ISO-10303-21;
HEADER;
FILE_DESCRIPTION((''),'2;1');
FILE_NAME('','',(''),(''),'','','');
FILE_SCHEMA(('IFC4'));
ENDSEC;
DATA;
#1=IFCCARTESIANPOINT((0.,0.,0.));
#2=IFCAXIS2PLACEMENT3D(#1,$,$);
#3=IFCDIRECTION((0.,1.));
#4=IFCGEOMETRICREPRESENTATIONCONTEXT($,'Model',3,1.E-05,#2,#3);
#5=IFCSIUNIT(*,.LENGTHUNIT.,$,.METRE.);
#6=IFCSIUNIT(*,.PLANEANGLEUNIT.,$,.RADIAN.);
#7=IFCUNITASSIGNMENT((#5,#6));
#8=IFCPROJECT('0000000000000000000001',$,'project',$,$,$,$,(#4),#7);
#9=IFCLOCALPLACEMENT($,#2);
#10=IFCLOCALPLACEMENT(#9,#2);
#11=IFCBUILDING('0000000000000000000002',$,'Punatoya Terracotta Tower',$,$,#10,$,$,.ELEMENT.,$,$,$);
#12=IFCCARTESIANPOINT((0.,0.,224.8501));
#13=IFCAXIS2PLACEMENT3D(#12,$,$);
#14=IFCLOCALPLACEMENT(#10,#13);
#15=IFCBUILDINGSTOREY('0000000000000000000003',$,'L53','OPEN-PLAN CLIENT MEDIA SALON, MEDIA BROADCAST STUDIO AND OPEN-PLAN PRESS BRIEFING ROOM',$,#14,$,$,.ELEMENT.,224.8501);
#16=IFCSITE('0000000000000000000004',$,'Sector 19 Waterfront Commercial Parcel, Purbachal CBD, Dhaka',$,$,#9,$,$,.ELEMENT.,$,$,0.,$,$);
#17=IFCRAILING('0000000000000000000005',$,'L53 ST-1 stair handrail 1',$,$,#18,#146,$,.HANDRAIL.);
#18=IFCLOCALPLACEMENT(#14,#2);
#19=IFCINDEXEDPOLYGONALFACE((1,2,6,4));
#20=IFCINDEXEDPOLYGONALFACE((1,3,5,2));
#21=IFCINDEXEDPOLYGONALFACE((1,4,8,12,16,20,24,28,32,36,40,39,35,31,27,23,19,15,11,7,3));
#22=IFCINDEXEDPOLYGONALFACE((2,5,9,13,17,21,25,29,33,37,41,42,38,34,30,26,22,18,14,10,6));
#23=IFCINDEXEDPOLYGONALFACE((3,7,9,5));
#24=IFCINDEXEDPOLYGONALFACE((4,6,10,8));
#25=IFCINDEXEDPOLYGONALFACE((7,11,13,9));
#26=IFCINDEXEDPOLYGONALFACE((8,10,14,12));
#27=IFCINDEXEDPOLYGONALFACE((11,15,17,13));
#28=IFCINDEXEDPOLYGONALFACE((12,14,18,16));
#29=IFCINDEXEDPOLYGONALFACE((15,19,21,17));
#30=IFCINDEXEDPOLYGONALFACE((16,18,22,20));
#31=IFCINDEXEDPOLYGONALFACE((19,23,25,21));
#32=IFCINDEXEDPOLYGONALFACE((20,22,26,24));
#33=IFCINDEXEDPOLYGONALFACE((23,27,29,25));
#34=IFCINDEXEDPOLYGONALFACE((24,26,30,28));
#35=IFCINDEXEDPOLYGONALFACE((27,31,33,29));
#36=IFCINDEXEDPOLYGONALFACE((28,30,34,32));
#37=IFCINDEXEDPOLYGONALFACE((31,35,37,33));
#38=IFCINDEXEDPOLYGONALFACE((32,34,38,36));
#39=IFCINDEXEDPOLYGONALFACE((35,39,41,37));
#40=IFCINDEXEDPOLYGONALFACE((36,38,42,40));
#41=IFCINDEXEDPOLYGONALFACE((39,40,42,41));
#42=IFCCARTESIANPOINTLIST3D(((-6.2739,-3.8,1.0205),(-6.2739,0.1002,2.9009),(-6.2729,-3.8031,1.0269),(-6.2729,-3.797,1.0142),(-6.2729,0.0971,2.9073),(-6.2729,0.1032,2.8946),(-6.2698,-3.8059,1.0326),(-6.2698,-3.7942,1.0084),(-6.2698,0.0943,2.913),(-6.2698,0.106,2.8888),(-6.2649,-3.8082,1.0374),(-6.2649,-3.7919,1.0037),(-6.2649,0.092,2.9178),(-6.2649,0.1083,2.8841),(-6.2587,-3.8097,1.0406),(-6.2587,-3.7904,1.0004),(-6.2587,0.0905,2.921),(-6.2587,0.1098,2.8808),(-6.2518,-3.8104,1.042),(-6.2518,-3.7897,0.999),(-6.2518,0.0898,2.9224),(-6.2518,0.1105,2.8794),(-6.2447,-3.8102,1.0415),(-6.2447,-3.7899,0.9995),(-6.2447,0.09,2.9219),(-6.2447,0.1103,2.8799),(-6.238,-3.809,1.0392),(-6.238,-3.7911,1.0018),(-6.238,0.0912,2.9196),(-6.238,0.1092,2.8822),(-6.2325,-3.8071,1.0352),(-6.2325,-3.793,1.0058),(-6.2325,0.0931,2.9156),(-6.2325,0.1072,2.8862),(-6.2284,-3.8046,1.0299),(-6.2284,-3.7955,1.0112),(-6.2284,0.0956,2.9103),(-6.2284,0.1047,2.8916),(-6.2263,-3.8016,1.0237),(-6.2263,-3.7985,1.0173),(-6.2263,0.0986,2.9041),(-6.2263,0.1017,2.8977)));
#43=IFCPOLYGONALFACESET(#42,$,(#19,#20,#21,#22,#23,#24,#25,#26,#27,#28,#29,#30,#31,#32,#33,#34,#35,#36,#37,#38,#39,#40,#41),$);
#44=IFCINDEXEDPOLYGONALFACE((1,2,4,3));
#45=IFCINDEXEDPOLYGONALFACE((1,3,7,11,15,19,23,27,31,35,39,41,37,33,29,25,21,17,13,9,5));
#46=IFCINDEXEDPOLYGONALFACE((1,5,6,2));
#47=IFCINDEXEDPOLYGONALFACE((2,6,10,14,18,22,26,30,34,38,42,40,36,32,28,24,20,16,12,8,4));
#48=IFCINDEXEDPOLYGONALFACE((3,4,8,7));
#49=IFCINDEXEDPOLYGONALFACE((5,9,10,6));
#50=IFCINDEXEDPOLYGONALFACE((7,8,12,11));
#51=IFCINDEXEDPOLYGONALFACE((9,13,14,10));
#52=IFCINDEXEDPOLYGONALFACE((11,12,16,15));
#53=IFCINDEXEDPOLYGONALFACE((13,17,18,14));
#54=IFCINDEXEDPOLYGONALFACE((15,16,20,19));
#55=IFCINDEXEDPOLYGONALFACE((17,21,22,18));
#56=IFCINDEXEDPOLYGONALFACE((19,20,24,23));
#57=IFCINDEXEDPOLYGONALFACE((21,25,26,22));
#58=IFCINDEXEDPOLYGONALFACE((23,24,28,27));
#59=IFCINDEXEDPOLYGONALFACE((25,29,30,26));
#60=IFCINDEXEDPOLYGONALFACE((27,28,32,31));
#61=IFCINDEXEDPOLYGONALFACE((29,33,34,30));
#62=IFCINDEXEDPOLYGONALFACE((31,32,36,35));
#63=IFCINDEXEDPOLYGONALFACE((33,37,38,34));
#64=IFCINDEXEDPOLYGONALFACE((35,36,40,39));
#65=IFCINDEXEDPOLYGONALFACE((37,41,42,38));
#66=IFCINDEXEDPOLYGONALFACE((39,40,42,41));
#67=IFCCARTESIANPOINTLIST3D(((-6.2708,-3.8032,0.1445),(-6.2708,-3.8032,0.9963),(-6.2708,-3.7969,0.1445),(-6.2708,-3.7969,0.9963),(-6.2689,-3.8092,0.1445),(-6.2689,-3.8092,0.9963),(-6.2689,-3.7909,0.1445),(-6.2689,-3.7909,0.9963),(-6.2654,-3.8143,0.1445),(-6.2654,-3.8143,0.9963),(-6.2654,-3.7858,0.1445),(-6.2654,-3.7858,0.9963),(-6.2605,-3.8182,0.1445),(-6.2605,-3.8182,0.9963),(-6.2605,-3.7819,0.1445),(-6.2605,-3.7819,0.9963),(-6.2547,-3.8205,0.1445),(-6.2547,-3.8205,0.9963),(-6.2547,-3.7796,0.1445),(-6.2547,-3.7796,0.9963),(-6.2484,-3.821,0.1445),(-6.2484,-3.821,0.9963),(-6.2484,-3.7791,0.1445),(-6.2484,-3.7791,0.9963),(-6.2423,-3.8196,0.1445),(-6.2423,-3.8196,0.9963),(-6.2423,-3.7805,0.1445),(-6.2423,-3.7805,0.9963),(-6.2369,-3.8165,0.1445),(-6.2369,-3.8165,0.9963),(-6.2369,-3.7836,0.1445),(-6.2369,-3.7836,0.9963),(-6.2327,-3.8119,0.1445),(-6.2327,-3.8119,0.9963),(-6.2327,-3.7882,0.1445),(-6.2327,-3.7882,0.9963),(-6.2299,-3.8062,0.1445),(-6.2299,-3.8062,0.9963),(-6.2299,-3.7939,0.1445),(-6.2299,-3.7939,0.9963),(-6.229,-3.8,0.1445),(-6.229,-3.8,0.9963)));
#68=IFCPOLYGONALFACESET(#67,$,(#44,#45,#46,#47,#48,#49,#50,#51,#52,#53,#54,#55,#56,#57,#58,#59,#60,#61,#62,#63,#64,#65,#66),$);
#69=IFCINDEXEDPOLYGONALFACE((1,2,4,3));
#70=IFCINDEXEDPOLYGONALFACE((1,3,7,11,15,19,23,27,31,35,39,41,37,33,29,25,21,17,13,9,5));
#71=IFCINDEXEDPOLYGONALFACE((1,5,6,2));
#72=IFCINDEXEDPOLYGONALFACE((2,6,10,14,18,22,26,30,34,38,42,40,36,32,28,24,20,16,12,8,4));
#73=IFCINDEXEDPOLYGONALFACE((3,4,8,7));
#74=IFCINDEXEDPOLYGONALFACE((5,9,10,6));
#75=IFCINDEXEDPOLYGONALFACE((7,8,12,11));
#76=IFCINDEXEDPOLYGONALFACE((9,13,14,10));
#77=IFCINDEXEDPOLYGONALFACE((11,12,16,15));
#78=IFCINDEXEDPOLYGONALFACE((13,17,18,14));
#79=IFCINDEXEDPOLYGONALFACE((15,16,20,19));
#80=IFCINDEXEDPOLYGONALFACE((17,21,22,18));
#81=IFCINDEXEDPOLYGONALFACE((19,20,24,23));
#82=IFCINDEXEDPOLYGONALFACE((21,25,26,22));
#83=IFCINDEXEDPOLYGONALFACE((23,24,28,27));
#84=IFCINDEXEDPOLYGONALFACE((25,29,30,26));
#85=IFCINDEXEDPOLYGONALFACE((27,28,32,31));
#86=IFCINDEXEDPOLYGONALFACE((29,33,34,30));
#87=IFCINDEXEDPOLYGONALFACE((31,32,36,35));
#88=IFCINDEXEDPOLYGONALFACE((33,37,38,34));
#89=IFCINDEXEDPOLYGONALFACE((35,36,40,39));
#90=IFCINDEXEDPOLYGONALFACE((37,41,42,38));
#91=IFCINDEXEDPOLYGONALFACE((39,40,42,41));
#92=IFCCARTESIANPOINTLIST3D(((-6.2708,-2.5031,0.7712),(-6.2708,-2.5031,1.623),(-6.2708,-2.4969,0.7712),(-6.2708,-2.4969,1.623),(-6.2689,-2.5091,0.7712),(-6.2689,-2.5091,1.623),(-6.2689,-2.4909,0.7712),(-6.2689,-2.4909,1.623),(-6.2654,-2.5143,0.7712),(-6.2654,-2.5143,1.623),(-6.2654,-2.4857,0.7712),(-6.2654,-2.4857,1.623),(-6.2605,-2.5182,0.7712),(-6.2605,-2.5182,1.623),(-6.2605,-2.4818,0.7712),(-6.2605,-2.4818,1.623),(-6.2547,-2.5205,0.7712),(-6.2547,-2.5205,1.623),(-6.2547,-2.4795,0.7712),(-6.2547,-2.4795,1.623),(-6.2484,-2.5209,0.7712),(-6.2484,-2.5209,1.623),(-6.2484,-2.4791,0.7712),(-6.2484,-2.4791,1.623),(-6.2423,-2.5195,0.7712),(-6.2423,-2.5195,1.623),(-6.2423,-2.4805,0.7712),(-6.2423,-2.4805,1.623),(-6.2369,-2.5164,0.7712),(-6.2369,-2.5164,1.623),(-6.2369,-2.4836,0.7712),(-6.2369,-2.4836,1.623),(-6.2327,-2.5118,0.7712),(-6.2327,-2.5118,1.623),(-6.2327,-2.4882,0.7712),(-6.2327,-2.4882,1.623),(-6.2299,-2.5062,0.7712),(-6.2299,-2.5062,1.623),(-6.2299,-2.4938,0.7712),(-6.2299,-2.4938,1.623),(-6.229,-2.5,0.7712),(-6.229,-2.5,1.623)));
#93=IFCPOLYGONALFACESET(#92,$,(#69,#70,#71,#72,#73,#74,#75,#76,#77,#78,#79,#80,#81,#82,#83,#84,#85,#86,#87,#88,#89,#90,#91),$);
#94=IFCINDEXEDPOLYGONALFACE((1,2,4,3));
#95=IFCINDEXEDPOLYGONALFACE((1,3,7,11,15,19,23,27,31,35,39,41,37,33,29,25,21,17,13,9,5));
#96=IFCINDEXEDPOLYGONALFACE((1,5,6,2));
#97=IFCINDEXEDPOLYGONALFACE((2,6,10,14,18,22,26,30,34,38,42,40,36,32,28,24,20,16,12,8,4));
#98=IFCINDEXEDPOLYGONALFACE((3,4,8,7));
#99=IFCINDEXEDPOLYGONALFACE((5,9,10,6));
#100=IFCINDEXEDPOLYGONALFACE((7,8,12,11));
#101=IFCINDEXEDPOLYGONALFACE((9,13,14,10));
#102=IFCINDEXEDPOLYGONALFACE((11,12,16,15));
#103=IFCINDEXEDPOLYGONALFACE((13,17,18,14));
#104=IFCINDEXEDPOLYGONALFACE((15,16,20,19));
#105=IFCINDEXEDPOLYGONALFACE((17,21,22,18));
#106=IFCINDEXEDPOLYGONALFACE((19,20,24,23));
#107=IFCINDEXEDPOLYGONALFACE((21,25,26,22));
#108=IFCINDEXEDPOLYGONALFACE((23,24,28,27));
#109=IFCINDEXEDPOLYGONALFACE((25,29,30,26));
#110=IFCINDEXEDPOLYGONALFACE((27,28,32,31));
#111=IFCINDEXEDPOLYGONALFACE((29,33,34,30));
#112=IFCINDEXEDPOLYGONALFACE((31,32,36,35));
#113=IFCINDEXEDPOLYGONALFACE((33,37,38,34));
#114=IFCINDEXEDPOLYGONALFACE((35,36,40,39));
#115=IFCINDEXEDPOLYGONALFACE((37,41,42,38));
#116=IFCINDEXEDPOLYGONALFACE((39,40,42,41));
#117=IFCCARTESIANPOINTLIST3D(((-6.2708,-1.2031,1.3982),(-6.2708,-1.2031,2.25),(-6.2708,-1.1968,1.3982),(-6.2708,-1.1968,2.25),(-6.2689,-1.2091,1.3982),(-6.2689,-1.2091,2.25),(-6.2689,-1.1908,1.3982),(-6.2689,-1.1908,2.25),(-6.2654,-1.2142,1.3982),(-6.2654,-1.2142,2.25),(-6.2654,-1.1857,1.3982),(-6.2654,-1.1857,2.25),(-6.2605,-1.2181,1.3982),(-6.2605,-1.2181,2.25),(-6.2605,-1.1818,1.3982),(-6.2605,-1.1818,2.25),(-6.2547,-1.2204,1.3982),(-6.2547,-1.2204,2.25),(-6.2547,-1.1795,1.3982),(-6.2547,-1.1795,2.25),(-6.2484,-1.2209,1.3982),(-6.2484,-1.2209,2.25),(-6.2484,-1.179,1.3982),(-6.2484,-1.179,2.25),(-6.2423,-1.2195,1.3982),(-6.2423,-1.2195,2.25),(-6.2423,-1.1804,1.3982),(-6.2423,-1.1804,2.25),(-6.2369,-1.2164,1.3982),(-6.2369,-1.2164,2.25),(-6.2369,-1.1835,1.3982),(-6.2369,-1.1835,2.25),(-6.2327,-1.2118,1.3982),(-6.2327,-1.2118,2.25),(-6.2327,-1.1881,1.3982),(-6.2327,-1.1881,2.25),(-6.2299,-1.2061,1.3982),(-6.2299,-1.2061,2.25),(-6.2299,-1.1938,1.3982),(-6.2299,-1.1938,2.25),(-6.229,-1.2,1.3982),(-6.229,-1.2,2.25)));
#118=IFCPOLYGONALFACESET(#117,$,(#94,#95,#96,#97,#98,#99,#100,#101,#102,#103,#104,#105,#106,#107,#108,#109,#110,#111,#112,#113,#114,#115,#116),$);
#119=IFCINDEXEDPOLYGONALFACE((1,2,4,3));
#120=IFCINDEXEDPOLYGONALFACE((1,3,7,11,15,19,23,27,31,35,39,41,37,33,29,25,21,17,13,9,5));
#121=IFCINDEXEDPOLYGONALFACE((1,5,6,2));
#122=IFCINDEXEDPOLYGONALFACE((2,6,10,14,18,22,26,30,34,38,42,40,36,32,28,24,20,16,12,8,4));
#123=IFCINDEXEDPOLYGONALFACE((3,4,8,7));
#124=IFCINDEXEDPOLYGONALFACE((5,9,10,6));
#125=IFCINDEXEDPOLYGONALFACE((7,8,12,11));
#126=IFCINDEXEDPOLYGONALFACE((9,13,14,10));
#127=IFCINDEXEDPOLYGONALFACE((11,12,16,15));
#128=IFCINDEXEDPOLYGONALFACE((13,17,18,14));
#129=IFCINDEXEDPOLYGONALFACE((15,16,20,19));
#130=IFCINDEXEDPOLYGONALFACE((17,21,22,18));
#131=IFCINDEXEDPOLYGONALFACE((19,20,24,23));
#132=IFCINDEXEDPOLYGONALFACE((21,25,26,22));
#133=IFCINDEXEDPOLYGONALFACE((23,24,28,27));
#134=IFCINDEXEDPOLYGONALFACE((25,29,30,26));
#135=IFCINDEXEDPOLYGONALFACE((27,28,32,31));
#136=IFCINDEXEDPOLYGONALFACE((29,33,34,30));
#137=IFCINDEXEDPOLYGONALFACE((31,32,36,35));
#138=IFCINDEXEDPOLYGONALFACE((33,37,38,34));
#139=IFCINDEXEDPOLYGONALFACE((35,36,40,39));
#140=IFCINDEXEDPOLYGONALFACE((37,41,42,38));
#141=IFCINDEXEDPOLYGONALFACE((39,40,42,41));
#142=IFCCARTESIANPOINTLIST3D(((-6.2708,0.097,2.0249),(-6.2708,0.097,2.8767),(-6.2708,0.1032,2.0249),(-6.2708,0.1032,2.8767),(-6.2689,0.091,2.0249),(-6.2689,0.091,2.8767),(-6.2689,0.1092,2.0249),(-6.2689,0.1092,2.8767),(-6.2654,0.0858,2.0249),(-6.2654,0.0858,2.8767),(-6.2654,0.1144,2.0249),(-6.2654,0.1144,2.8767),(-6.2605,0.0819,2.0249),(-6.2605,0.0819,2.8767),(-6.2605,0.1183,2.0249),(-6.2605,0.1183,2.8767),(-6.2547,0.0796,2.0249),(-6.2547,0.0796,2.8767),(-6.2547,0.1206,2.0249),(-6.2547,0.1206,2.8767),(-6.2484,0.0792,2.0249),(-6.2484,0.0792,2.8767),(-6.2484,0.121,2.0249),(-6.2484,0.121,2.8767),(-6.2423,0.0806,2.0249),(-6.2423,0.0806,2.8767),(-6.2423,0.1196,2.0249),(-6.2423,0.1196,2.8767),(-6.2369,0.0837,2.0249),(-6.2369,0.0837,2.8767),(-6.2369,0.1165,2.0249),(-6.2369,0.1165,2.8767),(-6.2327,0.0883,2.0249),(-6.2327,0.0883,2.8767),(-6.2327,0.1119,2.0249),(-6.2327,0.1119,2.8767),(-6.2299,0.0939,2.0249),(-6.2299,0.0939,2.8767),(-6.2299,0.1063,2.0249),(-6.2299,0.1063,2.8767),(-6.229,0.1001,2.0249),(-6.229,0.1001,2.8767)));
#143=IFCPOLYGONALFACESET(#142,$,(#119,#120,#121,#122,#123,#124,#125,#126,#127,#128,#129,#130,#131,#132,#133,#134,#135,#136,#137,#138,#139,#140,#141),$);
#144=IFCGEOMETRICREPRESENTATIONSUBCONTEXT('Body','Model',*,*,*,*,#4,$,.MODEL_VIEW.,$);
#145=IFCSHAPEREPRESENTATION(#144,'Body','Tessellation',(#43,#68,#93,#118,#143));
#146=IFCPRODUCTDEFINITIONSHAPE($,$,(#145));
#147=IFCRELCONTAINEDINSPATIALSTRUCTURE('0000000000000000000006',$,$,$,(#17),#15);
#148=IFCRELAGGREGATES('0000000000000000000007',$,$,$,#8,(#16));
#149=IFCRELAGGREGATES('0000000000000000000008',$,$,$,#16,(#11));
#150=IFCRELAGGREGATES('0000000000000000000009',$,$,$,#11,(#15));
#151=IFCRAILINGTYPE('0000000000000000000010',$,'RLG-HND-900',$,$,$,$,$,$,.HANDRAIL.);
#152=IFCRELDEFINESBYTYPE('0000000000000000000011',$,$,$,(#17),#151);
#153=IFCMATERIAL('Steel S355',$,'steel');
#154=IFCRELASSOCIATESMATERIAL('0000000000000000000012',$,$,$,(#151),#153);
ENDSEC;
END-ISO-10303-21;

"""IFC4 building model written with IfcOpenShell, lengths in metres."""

from ifc_helpers import new_model, si_unit, direction, frame, origin, origin_2d, place, context, subcontext, project, spatial, circle, extrude, material, type_object, element, save


model = new_model("IFC4")

# Units and contexts
model_context = context("Model", 3, precision=1e-05, world=origin(), true_north=direction((0.0, 1.0)))
body_context = subcontext(model_context, "Body", "Model", "MODEL_VIEW")
ifc_project = project(units=[si_unit("LENGTHUNIT", "METRE"), si_unit("PLANEANGLEUNIT", "RADIAN")], contexts=[model_context])

# Site, building, storey
site_placement = place(None, origin())
site = spatial("IfcSite", under=ifc_project, at=site_placement, Name="Sector 19 Waterfront Commercial Parcel, Purbachal CBD, Dhaka", CompositionType="ELEMENT", RefElevation=0.0)
building_placement = place(site_placement, origin())
building = spatial("IfcBuilding", under=site, at=building_placement, Name="Punatoya Terracotta Tower", CompositionType="ELEMENT")
storey_placement = place(building_placement, frame((0.0, 0.0, 224.8501)))
storey = spatial("IfcBuildingStorey", under=building, at=storey_placement, Name="L53", Description="OPEN-PLAN CLIENT MEDIA SALON, MEDIA BROADCAST STUDIO AND OPEN-PLAN PRESS BRIEFING ROOM", CompositionType="ELEMENT", Elevation=224.8501)

# Shared definitions
ifc_material_1 = material(Name="Steel S355", Category="steel")

# Railing
railing_type_1 = type_object("IfcRailingType", Name="RLG-HND-900", PredefinedType="HANDRAIL", material=ifc_material_1)
railing_1_placement = place(storey_placement, frame((-6.25, -3.8, 0.1445)))
element("IfcRailing", 1, at=railing_1_placement, inside=storey, type_object=railing_type_1, Name="L53 ST-1 stair handrail 1", PredefinedType="HANDRAIL", context=body_context, shape_type="SweptSolid", body=[
    extrude(circle(Radius=0.0239, at=origin_2d()), frame((0.0, 0.0, 0.876), z_axis=(0.0, 0.900774, 0.434289), x_axis=(-1.0, 0.0, 0.0)), (0.0, 0.0, 1.0), 4.3298),
    extrude(circle(Radius=0.021, at=origin_2d()), origin(), (0.0, 0.0, 1.0), 0.8518),
    extrude(circle(Radius=0.021, at=origin_2d()), frame((0.0, 1.3, 0.6267)), (0.0, 0.0, 1.0), 0.8518),
    extrude(circle(Radius=0.021, at=origin_2d()), frame((0.0, 2.6001, 1.2537)), (0.0, 0.0, 1.0), 0.8518),
    extrude(circle(Radius=0.021, at=origin_2d()), frame((0.0, 3.9001, 1.8804)), (0.0, 0.0, 1.0), 0.8518),
])

save(model, "model.ifc")
